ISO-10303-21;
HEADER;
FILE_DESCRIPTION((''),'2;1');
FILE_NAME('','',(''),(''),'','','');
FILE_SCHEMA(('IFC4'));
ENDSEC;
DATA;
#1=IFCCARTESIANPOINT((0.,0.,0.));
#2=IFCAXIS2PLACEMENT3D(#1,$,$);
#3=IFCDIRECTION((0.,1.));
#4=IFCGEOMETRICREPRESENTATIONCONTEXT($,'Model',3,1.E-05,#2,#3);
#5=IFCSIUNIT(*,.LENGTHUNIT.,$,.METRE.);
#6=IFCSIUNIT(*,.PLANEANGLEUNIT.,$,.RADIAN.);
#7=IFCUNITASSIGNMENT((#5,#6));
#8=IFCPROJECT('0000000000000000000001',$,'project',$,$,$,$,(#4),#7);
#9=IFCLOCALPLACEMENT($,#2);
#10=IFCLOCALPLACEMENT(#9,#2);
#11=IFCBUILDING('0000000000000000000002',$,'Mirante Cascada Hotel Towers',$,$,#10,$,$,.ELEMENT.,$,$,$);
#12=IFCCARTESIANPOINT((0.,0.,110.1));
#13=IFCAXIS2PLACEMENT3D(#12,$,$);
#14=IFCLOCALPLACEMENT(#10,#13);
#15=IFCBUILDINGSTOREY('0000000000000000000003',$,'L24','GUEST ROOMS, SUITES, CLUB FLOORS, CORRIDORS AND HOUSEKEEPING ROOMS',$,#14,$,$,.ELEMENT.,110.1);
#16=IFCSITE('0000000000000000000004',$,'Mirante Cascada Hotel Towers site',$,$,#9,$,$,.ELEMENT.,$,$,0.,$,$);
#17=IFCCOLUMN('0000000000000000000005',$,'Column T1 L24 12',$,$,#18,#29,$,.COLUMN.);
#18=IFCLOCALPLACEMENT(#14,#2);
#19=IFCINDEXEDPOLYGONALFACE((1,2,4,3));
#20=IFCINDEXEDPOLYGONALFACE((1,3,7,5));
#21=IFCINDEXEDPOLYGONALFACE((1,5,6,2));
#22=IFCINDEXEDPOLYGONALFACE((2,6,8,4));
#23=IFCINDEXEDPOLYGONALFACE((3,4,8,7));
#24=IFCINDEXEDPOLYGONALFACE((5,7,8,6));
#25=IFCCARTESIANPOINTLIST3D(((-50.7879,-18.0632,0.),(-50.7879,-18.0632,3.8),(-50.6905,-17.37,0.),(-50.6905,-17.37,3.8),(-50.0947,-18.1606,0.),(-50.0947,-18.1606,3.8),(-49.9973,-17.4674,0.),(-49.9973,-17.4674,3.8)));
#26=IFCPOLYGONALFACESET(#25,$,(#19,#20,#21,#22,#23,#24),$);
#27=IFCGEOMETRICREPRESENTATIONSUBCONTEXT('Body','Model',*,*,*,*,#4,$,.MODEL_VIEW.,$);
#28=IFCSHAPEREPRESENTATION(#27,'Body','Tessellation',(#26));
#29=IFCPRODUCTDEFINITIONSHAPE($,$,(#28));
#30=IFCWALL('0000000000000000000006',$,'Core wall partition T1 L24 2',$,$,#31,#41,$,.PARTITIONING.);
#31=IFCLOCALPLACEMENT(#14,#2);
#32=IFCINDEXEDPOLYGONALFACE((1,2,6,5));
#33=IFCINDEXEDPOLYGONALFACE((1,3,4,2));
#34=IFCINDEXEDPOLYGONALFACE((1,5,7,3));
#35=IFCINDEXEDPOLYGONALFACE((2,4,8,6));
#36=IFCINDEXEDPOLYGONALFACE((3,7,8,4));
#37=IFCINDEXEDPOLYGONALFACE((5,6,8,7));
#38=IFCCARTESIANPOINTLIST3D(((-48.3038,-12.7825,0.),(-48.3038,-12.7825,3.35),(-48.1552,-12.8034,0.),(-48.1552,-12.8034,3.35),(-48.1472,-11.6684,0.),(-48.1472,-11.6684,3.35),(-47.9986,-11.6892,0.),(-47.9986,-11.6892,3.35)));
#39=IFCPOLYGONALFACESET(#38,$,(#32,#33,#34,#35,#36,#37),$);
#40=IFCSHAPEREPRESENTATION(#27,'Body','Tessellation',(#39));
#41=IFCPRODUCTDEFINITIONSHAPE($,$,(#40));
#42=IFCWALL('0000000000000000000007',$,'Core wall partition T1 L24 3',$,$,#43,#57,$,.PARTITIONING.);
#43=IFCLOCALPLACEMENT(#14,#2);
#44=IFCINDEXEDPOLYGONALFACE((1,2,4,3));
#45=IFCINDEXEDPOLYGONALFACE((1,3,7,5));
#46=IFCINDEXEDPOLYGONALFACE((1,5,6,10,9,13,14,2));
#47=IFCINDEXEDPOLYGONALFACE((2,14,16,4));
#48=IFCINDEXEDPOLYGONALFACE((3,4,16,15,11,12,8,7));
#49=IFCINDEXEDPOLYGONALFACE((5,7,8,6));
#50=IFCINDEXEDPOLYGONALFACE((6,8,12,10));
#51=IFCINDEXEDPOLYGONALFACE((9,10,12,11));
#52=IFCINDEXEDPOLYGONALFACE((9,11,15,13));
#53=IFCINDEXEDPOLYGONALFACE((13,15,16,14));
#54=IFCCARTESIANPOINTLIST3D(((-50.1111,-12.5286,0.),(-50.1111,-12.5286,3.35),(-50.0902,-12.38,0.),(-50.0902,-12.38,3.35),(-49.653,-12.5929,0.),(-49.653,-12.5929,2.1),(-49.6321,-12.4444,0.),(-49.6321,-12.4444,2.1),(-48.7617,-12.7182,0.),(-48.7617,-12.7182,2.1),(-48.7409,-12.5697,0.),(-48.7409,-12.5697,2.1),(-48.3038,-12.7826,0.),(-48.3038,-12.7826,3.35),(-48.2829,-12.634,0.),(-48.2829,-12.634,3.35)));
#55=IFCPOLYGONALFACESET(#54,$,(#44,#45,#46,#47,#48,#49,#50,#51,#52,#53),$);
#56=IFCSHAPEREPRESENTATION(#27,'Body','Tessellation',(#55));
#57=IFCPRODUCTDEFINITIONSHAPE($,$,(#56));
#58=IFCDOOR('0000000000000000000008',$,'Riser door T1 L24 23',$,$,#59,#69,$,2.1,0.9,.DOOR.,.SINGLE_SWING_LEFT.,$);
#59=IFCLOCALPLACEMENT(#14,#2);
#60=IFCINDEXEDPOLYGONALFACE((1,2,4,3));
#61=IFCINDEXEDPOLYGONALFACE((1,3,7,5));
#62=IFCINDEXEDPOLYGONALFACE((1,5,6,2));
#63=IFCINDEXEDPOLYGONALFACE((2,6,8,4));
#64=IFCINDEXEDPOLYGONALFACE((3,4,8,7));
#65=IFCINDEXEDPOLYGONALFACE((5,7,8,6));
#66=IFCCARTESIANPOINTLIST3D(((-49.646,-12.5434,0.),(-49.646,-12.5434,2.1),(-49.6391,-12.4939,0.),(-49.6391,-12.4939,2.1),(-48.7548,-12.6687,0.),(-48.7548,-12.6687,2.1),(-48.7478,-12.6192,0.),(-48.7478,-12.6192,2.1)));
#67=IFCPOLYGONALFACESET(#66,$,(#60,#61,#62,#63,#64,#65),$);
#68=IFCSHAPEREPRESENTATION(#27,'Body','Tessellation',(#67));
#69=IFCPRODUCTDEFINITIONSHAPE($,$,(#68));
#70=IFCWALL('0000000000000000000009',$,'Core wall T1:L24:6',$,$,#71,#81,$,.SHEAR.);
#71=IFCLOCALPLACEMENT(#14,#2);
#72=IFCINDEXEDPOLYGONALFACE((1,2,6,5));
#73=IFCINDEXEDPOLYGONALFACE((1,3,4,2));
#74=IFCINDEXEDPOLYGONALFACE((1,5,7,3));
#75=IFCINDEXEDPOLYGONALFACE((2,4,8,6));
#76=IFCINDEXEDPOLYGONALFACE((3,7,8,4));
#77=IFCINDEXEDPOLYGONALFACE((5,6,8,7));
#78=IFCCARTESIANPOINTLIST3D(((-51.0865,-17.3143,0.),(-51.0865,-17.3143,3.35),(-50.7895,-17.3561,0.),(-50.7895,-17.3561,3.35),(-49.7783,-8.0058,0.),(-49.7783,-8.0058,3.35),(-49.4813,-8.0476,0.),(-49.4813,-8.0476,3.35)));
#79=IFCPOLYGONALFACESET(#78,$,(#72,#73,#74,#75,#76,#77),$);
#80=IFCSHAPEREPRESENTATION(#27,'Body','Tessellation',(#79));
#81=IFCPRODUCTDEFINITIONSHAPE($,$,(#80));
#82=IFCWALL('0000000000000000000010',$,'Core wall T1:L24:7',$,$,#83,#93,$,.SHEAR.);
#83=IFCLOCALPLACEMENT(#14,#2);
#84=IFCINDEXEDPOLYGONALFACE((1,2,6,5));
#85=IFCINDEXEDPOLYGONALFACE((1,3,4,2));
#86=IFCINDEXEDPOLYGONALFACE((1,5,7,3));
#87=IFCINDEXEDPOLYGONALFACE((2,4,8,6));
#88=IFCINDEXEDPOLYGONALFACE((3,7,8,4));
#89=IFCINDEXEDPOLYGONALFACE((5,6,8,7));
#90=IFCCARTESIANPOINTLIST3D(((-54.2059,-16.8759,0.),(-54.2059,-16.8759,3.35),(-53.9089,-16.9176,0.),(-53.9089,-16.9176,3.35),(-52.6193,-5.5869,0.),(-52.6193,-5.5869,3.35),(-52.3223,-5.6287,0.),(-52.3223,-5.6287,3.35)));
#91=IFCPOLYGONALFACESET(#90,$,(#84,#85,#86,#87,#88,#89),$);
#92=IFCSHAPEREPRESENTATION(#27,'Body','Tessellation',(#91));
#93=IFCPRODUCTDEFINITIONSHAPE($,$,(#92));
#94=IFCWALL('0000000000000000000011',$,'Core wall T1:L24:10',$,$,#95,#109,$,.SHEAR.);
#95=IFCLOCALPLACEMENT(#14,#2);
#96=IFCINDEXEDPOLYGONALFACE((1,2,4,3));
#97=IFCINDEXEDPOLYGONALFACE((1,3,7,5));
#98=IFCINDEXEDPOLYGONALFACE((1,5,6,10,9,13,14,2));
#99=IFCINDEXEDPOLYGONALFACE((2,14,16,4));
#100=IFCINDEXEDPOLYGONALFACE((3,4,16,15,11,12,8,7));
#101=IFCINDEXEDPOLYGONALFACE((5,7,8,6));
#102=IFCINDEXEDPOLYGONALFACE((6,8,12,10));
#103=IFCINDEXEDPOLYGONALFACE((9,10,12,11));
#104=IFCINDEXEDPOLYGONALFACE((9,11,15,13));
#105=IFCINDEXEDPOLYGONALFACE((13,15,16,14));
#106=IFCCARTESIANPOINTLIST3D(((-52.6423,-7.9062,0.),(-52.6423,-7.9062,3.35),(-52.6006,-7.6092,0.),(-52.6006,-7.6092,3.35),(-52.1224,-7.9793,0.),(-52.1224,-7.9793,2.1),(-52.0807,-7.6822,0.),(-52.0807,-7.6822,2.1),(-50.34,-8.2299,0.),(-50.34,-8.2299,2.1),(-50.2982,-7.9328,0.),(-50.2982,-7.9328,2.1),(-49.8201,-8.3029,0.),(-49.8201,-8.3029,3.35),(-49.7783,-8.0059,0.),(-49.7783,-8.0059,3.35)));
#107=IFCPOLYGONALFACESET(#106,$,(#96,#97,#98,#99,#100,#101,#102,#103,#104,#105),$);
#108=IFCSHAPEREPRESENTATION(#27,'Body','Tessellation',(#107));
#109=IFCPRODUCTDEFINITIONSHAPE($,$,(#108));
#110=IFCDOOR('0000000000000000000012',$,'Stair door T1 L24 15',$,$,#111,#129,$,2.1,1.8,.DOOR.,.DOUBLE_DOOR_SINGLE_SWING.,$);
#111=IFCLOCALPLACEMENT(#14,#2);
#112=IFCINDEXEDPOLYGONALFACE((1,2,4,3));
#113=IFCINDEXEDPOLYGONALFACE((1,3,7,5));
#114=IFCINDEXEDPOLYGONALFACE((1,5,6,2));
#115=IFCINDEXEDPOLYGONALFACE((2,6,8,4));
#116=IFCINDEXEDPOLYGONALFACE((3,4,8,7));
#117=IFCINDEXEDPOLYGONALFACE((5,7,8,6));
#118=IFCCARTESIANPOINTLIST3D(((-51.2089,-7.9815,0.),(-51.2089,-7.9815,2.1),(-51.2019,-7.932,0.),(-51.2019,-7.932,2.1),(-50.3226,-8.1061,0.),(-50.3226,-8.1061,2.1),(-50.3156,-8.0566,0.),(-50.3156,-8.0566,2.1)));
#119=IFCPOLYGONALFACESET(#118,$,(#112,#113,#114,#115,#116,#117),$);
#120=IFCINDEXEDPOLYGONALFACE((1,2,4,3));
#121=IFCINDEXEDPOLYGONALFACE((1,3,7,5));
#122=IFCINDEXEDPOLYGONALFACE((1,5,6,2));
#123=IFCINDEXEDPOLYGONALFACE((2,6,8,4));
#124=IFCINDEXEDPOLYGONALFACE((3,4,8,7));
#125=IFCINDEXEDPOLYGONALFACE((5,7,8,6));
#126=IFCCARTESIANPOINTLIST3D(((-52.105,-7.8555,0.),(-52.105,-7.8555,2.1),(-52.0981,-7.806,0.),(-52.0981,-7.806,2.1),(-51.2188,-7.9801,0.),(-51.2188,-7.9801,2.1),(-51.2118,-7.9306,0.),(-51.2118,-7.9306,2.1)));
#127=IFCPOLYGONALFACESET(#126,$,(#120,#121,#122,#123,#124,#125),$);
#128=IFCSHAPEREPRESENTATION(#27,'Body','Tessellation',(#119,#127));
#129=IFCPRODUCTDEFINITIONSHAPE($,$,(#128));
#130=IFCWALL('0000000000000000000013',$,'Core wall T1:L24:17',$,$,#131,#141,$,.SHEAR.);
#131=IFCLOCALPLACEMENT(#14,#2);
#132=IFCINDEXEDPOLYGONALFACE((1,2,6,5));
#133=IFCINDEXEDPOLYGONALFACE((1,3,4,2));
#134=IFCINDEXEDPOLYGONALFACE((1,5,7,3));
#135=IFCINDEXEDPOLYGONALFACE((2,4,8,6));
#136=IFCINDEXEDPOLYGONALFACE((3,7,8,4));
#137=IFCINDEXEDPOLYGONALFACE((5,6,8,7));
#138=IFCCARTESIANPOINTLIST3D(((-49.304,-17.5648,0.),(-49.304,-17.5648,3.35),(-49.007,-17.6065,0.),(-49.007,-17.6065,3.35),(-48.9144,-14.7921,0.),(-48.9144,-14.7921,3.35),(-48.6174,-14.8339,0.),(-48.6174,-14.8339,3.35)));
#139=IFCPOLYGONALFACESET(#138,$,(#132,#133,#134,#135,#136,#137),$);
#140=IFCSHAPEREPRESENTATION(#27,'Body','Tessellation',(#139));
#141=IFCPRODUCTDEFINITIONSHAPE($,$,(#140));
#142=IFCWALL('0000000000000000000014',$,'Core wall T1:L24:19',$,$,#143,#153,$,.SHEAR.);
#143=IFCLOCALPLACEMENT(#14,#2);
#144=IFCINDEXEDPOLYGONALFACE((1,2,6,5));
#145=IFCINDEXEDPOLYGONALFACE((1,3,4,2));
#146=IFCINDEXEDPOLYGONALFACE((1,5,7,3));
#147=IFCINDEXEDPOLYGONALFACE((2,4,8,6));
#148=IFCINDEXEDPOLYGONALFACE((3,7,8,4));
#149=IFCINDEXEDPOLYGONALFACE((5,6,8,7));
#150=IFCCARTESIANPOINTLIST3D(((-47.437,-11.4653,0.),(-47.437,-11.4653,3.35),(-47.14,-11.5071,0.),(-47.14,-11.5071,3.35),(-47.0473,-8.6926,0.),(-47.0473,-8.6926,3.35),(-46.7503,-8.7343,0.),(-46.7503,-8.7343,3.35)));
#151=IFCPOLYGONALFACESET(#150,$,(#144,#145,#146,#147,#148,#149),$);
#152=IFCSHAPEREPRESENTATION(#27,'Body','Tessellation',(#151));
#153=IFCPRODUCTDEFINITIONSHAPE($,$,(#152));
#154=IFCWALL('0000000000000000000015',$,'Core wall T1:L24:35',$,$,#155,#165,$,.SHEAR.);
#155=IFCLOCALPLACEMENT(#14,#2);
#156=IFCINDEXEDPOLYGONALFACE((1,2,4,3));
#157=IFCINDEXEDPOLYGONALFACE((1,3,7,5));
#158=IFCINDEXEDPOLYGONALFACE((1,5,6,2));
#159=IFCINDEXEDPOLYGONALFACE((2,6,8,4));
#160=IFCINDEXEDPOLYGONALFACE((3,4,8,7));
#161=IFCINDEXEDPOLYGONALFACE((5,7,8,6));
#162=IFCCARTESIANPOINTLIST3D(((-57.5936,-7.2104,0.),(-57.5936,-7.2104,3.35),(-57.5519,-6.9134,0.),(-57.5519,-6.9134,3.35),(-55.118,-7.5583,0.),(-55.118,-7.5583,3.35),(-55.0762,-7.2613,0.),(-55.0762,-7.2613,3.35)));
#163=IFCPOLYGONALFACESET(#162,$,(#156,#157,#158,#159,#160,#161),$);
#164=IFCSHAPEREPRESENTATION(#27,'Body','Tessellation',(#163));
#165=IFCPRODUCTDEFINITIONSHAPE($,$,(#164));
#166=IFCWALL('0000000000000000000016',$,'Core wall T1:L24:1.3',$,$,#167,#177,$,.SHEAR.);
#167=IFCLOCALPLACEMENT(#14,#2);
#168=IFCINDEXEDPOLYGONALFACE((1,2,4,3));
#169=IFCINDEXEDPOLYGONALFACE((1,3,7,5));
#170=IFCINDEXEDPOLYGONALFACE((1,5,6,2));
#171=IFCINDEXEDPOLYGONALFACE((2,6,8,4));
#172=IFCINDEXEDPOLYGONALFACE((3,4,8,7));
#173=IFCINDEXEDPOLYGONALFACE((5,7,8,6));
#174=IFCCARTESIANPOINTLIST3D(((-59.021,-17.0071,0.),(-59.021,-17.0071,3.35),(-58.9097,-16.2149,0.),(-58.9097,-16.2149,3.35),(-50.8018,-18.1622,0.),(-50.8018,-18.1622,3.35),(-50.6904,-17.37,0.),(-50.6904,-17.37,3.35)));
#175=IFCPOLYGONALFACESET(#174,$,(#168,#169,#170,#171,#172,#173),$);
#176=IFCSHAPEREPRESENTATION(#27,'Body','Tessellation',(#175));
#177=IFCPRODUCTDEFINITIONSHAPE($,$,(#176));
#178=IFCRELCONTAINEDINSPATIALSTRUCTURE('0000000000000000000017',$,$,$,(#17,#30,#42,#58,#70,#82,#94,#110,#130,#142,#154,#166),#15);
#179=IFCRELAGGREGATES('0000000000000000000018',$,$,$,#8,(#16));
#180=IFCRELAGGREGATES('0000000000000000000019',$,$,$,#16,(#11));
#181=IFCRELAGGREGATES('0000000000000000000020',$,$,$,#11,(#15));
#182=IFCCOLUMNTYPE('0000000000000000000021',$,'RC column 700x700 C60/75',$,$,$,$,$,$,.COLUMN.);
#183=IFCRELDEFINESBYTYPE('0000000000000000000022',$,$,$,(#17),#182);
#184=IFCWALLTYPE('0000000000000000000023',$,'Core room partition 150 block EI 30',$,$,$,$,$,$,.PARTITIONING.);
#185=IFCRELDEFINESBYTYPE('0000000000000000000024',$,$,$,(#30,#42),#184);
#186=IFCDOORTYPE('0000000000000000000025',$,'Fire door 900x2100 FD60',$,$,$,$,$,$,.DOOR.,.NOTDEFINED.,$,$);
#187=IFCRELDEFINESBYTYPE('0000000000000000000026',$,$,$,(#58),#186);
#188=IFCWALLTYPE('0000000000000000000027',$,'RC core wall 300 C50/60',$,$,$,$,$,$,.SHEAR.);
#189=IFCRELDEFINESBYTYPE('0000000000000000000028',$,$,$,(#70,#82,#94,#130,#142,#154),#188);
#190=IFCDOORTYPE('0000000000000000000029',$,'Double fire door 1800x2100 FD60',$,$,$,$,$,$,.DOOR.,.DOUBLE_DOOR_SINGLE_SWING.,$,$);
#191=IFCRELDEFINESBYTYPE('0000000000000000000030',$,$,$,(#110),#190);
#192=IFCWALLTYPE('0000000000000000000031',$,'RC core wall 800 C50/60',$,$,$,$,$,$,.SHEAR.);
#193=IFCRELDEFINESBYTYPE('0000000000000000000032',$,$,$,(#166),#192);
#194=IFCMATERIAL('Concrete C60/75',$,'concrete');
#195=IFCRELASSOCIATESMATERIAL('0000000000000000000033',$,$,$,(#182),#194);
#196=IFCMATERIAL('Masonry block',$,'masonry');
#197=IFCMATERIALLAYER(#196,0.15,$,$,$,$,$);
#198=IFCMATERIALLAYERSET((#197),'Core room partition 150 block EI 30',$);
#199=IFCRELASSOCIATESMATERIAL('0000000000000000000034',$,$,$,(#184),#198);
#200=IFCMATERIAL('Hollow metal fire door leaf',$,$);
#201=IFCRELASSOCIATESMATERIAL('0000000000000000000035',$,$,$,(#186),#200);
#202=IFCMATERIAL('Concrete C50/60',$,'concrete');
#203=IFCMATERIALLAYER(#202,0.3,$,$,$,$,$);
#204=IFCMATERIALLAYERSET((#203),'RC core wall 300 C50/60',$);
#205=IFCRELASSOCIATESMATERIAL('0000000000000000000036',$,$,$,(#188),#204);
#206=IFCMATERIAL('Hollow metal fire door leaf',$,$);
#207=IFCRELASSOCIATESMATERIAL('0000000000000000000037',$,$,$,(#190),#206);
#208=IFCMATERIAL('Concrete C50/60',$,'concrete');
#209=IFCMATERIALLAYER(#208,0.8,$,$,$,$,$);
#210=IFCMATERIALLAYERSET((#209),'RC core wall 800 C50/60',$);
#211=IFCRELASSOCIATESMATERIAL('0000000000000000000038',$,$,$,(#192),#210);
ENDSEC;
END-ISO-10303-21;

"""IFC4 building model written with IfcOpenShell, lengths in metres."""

from ifc_helpers import new_model, si_unit, direction, frame, frame_2d, origin, origin_2d, place, context, subcontext, project, spatial, rectangle, extrude, material, layer, layer_set, material_profile, profile_set, type_object, element, fill, save


model = new_model("IFC4")

# Units and contexts
model_context = context("Model", 3, precision=1e-05, world=origin(), true_north=direction((0.0, 1.0)))
body_context = subcontext(model_context, "Body", "Model", "MODEL_VIEW")
ifc_project = project(units=[si_unit("LENGTHUNIT", "METRE"), si_unit("PLANEANGLEUNIT", "RADIAN")], contexts=[model_context])

# Site, building, storey
site_placement = place(None, origin())
site = spatial("IfcSite", under=ifc_project, at=site_placement, Name="Mirante Cascada Hotel Towers site", CompositionType="ELEMENT", RefElevation=0.0)
building_placement = place(site_placement, origin())
building = spatial("IfcBuilding", under=site, at=building_placement, Name="Mirante Cascada Hotel Towers", CompositionType="ELEMENT")
storey_placement = place(building_placement, frame((0.0, 0.0, 110.1)))
storey = spatial("IfcBuildingStorey", under=building, at=storey_placement, Name="L24", Description="GUEST ROOMS, SUITES, CLUB FLOORS, CORRIDORS AND HOUSEKEEPING ROOMS", CompositionType="ELEMENT", Elevation=110.1)

# Column
ifc_material_1 = material(Name="Concrete C60/75", Category="concrete")
ifc_material_profile = material_profile(ifc_material_1, rectangle(XDim=0.7, YDim=0.7, at=origin_2d()), Name="RC column 700x700 C60/75")
ifc_profile_set = profile_set([ifc_material_profile], Name="Concrete C60/75")
column_type = type_object("IfcColumnType", Name="RC column 700x700 C60/75", PredefinedType="COLUMN", material=ifc_profile_set)
column_placement = place(storey_placement, frame((-50.3926, -17.7653, 0.0), z_axis=(0.0, 0.0, 1.0), x_axis=(-0.990268, 0.139173, 0.0)))
element("IfcColumn", 1, at=column_placement, inside=storey, type_object=column_type, Name="Column T1 L24 12", PredefinedType="COLUMN", context=body_context, shape_type="SweptSolid", body=[
    extrude(rectangle(XDim=0.7, YDim=0.7, at=origin_2d()), origin(), (0.0, 0.0, 1.0), 3.8),
])

# Wall
ifc_material_2 = material(Name="Masonry block", Category="masonry")
ifc_layer_1 = layer(ifc_material_2, 0.15)
ifc_layer_set_1 = layer_set([ifc_layer_1], Name="Core room partition 150 block EI 30")
wall_type_1 = type_object("IfcWallType", Name="Core room partition 150 block EI 30", PredefinedType="PARTITIONING", material=ifc_layer_set_1)
wall_1_placement = place(storey_placement, frame((-48.2295, -12.793, 0.0), z_axis=(0.0, 0.0, 1.0), x_axis=(0.139193, 0.990265, 0.0)))
element("IfcWall", 2, at=wall_1_placement, inside=storey, type_object=wall_type_1, Name="Core wall partition T1 L24 2", PredefinedType="PARTITIONING", context=body_context, shape_type="SweptSolid", body=[
    extrude(rectangle(XDim=1.1251, YDim=0.15, at=frame_2d((0.5626, 0.0))), origin(), (0.0, 0.0, 1.0), 3.35),
])

# Wall, opening, door
wall_2_placement = place(storey_placement, frame((-48.2933, -12.7083, 0.0), z_axis=(0.0, 0.0, 1.0), x_axis=(-0.990268, 0.139173, 0.0)))
wall_2 = element("IfcWall", 3, at=wall_2_placement, inside=storey, type_object=wall_type_1, Name="Core wall partition T1 L24 3", PredefinedType="PARTITIONING", context=body_context, shape_type="SweptSolid", body=[
    extrude(rectangle(XDim=1.8251, YDim=0.15, at=frame_2d((0.9126, 0.0))), origin(), (0.0, 0.0, 1.0), 3.35),
])
opening_1_placement = place(wall_2_placement, frame((0.4625, 0.0, 0.0)))
opening_1 = element("IfcOpeningElement", 4, at=opening_1_placement, cuts=wall_2, PredefinedType="OPENING", context=body_context, shape_type="SweptSolid", body=[
    extrude(rectangle(XDim=0.9, YDim=2.1, at=frame_2d((0.45, 1.05))), frame((0.0, 0.075, 0.0), z_axis=(0.0, -1.0, 0.0), x_axis=(1.0, 0.0, 0.0)), (0.0, 0.0, 1.0), 0.15),
])
ifc_material_3 = material(Name="Hollow metal fire door leaf")
door_type_1 = type_object("IfcDoorType", Name="Fire door 900x2100 FD60", OperationType="NOTDEFINED", PredefinedType="DOOR", material=ifc_material_3)
door_1_placement = place(opening_1_placement, origin())
door_1 = element("IfcDoor", 5, at=door_1_placement, inside=storey, type_object=door_type_1, Name="Riser door T1 L24 23", OperationType="SINGLE_SWING_LEFT", OverallHeight=2.1, OverallWidth=0.9, PredefinedType="DOOR", context=body_context, shape_type="SweptSolid", body=[
    extrude(rectangle(XDim=0.9, YDim=2.1, at=frame_2d((0.45, 1.05))), frame((0.0, 0.025, 0.0), z_axis=(0.0, -1.0, 0.0), x_axis=(1.0, 0.0, 0.0)), (0.0, 0.0, 1.0), 0.05),
])
fill(opening_1, door_1)

# Walls
ifc_material_4 = material(Name="Concrete C50/60", Category="concrete")
ifc_layer_2 = layer(ifc_material_4, 0.3)
ifc_layer_set_2 = layer_set([ifc_layer_2], Name="RC core wall 300 C50/60")
wall_type_2 = type_object("IfcWallType", Name="RC core wall 300 C50/60", PredefinedType="SHEAR", material=ifc_layer_set_2)
wall_3_placement = place(storey_placement, frame((-50.938, -17.3352, 0.0), z_axis=(0.0, 0.0, 1.0), x_axis=(0.139171, 0.990268, 0.0)))
element("IfcWall", 6, at=wall_3_placement, inside=storey, type_object=wall_type_2, Name="Core wall T1:L24:6", PredefinedType="SHEAR", context=body_context, shape_type="SweptSolid", body=[
    extrude(rectangle(XDim=9.4, YDim=0.3, at=frame_2d((4.7, 0.0))), origin(), (0.0, 0.0, 1.0), 3.35),
])
wall_4_placement = place(storey_placement, frame((-54.0574, -16.8968, 0.0), z_axis=(0.0, 0.0, 1.0), x_axis=(0.139176, 0.990268, 0.0)))
element("IfcWall", 7, at=wall_4_placement, inside=storey, type_object=wall_type_2, Name="Core wall T1:L24:7", PredefinedType="SHEAR", context=body_context, shape_type="SweptSolid", body=[
    extrude(rectangle(XDim=11.3999, YDim=0.3, at=frame_2d((5.7, 0.0))), origin(), (0.0, 0.0, 1.0), 3.35),
])

# Wall, opening, door
wall_5_placement = place(storey_placement, frame((-49.7992, -8.1544, 0.0), z_axis=(0.0, 0.0, 1.0), x_axis=(-0.990266, 0.139191, 0.0)))
wall_5 = element("IfcWall", 8, at=wall_5_placement, inside=storey, type_object=wall_type_2, Name="Core wall T1:L24:10", PredefinedType="SHEAR", context=body_context, shape_type="SweptSolid", body=[
    extrude(rectangle(XDim=2.85, YDim=0.3, at=frame_2d((1.425, 0.0))), origin(), (0.0, 0.0, 1.0), 3.35),
])
opening_2_placement = place(wall_5_placement, frame((0.525, 0.0, 0.0)))
opening_2 = element("IfcOpeningElement", 9, at=opening_2_placement, cuts=wall_5, PredefinedType="OPENING", context=body_context, shape_type="SweptSolid", body=[
    extrude(rectangle(XDim=1.8, YDim=2.1, at=frame_2d((0.9, 1.05))), frame((0.0, 0.15, 0.0), z_axis=(0.0, -1.0, 0.0), x_axis=(1.0, 0.0, 0.0)), (0.0, 0.0, 1.0), 0.3),
])
ifc_material_5 = material(Name="Hollow metal fire door leaf")
door_type_2 = type_object("IfcDoorType", Name="Double fire door 1800x2100 FD60", OperationType="DOUBLE_DOOR_SINGLE_SWING", PredefinedType="DOOR", material=ifc_material_5)
door_2_placement = place(opening_2_placement, origin())
door_2 = element("IfcDoor", 10, at=door_2_placement, inside=storey, type_object=door_type_2, Name="Stair door T1 L24 15", OperationType="DOUBLE_DOOR_SINGLE_SWING", OverallHeight=2.1, OverallWidth=1.8, PredefinedType="DOOR", context=body_context, shape_type="SweptSolid", body=[
    extrude(rectangle(XDim=0.895, YDim=2.1, at=frame_2d((0.4475, 1.05))), frame((0.0, 0.025, 0.0), z_axis=(0.0, -1.0, 0.0), x_axis=(1.0, 0.0, 0.0)), (0.0, 0.0, 1.0), 0.05),
    extrude(rectangle(XDim=0.895, YDim=2.1, at=frame_2d((1.3525, 1.05))), frame((0.0, 0.025, 0.0), z_axis=(0.0, -1.0, 0.0), x_axis=(1.0, 0.0, 0.0)), (0.0, 0.0, 1.0), 0.05),
])
fill(opening_2, door_2)

# Walls
wall_6_placement = place(storey_placement, frame((-49.1555, -17.5857, 0.0), z_axis=(0.0, 0.0, 1.0), x_axis=(0.139146, 0.990272, 0.0)))
element("IfcWall", 11, at=wall_6_placement, inside=storey, type_object=wall_type_2, Name="Core wall T1:L24:17", PredefinedType="SHEAR", context=body_context, shape_type="SweptSolid", body=[
    extrude(rectangle(XDim=2.7999, YDim=0.3, at=frame_2d((1.4, 0.0))), origin(), (0.0, 0.0, 1.0), 3.35),
])
wall_7_placement = place(storey_placement, frame((-47.2885, -11.4862, 0.0), z_axis=(0.0, 0.0, 1.0), x_axis=(0.139181, 0.990267, 0.0)))
element("IfcWall", 12, at=wall_7_placement, inside=storey, type_object=wall_type_2, Name="Core wall T1:L24:19", PredefinedType="SHEAR", context=body_context, shape_type="SweptSolid", body=[
    extrude(rectangle(XDim=2.8, YDim=0.3, at=frame_2d((1.4, 0.0))), origin(), (0.0, 0.0, 1.0), 3.35),
])

# Walls
wall_8_placement = place(storey_placement, frame((-55.0971, -7.4098, 0.0), z_axis=(0.0, 0.0, 1.0), x_axis=(-0.99027, 0.139159, 0.0)))
element("IfcWall", 13, at=wall_8_placement, inside=storey, type_object=wall_type_2, Name="Core wall T1:L24:35", PredefinedType="SHEAR", context=body_context, shape_type="SweptSolid", body=[
    extrude(rectangle(XDim=2.5, YDim=0.3, at=frame_2d((1.25, 0.0))), origin(), (0.0, 0.0, 1.0), 3.35),
])
ifc_material_6 = material(Name="Concrete C50/60", Category="concrete")
ifc_layer_3 = layer(ifc_material_6, 0.8)
ifc_layer_set_3 = layer_set([ifc_layer_3], Name="RC core wall 800 C50/60")
wall_type_3 = type_object("IfcWallType", Name="RC core wall 800 C50/60", PredefinedType="SHEAR", material=ifc_layer_set_3)
wall_9_placement = place(storey_placement, frame((-50.7461, -17.7661, 0.0), z_axis=(0.0, 0.0, 1.0), x_axis=(-0.990269, 0.139169, 0.0)))
element("IfcWall", 14, at=wall_9_placement, inside=storey, type_object=wall_type_3, Name="Core wall T1:L24:1.3", PredefinedType="SHEAR", context=body_context, shape_type="SweptSolid", body=[
    extrude(rectangle(XDim=8.3, YDim=0.8, at=frame_2d((4.15, 0.0))), origin(), (0.0, 0.0, 1.0), 3.35),
])

save(model, "model.ifc")
